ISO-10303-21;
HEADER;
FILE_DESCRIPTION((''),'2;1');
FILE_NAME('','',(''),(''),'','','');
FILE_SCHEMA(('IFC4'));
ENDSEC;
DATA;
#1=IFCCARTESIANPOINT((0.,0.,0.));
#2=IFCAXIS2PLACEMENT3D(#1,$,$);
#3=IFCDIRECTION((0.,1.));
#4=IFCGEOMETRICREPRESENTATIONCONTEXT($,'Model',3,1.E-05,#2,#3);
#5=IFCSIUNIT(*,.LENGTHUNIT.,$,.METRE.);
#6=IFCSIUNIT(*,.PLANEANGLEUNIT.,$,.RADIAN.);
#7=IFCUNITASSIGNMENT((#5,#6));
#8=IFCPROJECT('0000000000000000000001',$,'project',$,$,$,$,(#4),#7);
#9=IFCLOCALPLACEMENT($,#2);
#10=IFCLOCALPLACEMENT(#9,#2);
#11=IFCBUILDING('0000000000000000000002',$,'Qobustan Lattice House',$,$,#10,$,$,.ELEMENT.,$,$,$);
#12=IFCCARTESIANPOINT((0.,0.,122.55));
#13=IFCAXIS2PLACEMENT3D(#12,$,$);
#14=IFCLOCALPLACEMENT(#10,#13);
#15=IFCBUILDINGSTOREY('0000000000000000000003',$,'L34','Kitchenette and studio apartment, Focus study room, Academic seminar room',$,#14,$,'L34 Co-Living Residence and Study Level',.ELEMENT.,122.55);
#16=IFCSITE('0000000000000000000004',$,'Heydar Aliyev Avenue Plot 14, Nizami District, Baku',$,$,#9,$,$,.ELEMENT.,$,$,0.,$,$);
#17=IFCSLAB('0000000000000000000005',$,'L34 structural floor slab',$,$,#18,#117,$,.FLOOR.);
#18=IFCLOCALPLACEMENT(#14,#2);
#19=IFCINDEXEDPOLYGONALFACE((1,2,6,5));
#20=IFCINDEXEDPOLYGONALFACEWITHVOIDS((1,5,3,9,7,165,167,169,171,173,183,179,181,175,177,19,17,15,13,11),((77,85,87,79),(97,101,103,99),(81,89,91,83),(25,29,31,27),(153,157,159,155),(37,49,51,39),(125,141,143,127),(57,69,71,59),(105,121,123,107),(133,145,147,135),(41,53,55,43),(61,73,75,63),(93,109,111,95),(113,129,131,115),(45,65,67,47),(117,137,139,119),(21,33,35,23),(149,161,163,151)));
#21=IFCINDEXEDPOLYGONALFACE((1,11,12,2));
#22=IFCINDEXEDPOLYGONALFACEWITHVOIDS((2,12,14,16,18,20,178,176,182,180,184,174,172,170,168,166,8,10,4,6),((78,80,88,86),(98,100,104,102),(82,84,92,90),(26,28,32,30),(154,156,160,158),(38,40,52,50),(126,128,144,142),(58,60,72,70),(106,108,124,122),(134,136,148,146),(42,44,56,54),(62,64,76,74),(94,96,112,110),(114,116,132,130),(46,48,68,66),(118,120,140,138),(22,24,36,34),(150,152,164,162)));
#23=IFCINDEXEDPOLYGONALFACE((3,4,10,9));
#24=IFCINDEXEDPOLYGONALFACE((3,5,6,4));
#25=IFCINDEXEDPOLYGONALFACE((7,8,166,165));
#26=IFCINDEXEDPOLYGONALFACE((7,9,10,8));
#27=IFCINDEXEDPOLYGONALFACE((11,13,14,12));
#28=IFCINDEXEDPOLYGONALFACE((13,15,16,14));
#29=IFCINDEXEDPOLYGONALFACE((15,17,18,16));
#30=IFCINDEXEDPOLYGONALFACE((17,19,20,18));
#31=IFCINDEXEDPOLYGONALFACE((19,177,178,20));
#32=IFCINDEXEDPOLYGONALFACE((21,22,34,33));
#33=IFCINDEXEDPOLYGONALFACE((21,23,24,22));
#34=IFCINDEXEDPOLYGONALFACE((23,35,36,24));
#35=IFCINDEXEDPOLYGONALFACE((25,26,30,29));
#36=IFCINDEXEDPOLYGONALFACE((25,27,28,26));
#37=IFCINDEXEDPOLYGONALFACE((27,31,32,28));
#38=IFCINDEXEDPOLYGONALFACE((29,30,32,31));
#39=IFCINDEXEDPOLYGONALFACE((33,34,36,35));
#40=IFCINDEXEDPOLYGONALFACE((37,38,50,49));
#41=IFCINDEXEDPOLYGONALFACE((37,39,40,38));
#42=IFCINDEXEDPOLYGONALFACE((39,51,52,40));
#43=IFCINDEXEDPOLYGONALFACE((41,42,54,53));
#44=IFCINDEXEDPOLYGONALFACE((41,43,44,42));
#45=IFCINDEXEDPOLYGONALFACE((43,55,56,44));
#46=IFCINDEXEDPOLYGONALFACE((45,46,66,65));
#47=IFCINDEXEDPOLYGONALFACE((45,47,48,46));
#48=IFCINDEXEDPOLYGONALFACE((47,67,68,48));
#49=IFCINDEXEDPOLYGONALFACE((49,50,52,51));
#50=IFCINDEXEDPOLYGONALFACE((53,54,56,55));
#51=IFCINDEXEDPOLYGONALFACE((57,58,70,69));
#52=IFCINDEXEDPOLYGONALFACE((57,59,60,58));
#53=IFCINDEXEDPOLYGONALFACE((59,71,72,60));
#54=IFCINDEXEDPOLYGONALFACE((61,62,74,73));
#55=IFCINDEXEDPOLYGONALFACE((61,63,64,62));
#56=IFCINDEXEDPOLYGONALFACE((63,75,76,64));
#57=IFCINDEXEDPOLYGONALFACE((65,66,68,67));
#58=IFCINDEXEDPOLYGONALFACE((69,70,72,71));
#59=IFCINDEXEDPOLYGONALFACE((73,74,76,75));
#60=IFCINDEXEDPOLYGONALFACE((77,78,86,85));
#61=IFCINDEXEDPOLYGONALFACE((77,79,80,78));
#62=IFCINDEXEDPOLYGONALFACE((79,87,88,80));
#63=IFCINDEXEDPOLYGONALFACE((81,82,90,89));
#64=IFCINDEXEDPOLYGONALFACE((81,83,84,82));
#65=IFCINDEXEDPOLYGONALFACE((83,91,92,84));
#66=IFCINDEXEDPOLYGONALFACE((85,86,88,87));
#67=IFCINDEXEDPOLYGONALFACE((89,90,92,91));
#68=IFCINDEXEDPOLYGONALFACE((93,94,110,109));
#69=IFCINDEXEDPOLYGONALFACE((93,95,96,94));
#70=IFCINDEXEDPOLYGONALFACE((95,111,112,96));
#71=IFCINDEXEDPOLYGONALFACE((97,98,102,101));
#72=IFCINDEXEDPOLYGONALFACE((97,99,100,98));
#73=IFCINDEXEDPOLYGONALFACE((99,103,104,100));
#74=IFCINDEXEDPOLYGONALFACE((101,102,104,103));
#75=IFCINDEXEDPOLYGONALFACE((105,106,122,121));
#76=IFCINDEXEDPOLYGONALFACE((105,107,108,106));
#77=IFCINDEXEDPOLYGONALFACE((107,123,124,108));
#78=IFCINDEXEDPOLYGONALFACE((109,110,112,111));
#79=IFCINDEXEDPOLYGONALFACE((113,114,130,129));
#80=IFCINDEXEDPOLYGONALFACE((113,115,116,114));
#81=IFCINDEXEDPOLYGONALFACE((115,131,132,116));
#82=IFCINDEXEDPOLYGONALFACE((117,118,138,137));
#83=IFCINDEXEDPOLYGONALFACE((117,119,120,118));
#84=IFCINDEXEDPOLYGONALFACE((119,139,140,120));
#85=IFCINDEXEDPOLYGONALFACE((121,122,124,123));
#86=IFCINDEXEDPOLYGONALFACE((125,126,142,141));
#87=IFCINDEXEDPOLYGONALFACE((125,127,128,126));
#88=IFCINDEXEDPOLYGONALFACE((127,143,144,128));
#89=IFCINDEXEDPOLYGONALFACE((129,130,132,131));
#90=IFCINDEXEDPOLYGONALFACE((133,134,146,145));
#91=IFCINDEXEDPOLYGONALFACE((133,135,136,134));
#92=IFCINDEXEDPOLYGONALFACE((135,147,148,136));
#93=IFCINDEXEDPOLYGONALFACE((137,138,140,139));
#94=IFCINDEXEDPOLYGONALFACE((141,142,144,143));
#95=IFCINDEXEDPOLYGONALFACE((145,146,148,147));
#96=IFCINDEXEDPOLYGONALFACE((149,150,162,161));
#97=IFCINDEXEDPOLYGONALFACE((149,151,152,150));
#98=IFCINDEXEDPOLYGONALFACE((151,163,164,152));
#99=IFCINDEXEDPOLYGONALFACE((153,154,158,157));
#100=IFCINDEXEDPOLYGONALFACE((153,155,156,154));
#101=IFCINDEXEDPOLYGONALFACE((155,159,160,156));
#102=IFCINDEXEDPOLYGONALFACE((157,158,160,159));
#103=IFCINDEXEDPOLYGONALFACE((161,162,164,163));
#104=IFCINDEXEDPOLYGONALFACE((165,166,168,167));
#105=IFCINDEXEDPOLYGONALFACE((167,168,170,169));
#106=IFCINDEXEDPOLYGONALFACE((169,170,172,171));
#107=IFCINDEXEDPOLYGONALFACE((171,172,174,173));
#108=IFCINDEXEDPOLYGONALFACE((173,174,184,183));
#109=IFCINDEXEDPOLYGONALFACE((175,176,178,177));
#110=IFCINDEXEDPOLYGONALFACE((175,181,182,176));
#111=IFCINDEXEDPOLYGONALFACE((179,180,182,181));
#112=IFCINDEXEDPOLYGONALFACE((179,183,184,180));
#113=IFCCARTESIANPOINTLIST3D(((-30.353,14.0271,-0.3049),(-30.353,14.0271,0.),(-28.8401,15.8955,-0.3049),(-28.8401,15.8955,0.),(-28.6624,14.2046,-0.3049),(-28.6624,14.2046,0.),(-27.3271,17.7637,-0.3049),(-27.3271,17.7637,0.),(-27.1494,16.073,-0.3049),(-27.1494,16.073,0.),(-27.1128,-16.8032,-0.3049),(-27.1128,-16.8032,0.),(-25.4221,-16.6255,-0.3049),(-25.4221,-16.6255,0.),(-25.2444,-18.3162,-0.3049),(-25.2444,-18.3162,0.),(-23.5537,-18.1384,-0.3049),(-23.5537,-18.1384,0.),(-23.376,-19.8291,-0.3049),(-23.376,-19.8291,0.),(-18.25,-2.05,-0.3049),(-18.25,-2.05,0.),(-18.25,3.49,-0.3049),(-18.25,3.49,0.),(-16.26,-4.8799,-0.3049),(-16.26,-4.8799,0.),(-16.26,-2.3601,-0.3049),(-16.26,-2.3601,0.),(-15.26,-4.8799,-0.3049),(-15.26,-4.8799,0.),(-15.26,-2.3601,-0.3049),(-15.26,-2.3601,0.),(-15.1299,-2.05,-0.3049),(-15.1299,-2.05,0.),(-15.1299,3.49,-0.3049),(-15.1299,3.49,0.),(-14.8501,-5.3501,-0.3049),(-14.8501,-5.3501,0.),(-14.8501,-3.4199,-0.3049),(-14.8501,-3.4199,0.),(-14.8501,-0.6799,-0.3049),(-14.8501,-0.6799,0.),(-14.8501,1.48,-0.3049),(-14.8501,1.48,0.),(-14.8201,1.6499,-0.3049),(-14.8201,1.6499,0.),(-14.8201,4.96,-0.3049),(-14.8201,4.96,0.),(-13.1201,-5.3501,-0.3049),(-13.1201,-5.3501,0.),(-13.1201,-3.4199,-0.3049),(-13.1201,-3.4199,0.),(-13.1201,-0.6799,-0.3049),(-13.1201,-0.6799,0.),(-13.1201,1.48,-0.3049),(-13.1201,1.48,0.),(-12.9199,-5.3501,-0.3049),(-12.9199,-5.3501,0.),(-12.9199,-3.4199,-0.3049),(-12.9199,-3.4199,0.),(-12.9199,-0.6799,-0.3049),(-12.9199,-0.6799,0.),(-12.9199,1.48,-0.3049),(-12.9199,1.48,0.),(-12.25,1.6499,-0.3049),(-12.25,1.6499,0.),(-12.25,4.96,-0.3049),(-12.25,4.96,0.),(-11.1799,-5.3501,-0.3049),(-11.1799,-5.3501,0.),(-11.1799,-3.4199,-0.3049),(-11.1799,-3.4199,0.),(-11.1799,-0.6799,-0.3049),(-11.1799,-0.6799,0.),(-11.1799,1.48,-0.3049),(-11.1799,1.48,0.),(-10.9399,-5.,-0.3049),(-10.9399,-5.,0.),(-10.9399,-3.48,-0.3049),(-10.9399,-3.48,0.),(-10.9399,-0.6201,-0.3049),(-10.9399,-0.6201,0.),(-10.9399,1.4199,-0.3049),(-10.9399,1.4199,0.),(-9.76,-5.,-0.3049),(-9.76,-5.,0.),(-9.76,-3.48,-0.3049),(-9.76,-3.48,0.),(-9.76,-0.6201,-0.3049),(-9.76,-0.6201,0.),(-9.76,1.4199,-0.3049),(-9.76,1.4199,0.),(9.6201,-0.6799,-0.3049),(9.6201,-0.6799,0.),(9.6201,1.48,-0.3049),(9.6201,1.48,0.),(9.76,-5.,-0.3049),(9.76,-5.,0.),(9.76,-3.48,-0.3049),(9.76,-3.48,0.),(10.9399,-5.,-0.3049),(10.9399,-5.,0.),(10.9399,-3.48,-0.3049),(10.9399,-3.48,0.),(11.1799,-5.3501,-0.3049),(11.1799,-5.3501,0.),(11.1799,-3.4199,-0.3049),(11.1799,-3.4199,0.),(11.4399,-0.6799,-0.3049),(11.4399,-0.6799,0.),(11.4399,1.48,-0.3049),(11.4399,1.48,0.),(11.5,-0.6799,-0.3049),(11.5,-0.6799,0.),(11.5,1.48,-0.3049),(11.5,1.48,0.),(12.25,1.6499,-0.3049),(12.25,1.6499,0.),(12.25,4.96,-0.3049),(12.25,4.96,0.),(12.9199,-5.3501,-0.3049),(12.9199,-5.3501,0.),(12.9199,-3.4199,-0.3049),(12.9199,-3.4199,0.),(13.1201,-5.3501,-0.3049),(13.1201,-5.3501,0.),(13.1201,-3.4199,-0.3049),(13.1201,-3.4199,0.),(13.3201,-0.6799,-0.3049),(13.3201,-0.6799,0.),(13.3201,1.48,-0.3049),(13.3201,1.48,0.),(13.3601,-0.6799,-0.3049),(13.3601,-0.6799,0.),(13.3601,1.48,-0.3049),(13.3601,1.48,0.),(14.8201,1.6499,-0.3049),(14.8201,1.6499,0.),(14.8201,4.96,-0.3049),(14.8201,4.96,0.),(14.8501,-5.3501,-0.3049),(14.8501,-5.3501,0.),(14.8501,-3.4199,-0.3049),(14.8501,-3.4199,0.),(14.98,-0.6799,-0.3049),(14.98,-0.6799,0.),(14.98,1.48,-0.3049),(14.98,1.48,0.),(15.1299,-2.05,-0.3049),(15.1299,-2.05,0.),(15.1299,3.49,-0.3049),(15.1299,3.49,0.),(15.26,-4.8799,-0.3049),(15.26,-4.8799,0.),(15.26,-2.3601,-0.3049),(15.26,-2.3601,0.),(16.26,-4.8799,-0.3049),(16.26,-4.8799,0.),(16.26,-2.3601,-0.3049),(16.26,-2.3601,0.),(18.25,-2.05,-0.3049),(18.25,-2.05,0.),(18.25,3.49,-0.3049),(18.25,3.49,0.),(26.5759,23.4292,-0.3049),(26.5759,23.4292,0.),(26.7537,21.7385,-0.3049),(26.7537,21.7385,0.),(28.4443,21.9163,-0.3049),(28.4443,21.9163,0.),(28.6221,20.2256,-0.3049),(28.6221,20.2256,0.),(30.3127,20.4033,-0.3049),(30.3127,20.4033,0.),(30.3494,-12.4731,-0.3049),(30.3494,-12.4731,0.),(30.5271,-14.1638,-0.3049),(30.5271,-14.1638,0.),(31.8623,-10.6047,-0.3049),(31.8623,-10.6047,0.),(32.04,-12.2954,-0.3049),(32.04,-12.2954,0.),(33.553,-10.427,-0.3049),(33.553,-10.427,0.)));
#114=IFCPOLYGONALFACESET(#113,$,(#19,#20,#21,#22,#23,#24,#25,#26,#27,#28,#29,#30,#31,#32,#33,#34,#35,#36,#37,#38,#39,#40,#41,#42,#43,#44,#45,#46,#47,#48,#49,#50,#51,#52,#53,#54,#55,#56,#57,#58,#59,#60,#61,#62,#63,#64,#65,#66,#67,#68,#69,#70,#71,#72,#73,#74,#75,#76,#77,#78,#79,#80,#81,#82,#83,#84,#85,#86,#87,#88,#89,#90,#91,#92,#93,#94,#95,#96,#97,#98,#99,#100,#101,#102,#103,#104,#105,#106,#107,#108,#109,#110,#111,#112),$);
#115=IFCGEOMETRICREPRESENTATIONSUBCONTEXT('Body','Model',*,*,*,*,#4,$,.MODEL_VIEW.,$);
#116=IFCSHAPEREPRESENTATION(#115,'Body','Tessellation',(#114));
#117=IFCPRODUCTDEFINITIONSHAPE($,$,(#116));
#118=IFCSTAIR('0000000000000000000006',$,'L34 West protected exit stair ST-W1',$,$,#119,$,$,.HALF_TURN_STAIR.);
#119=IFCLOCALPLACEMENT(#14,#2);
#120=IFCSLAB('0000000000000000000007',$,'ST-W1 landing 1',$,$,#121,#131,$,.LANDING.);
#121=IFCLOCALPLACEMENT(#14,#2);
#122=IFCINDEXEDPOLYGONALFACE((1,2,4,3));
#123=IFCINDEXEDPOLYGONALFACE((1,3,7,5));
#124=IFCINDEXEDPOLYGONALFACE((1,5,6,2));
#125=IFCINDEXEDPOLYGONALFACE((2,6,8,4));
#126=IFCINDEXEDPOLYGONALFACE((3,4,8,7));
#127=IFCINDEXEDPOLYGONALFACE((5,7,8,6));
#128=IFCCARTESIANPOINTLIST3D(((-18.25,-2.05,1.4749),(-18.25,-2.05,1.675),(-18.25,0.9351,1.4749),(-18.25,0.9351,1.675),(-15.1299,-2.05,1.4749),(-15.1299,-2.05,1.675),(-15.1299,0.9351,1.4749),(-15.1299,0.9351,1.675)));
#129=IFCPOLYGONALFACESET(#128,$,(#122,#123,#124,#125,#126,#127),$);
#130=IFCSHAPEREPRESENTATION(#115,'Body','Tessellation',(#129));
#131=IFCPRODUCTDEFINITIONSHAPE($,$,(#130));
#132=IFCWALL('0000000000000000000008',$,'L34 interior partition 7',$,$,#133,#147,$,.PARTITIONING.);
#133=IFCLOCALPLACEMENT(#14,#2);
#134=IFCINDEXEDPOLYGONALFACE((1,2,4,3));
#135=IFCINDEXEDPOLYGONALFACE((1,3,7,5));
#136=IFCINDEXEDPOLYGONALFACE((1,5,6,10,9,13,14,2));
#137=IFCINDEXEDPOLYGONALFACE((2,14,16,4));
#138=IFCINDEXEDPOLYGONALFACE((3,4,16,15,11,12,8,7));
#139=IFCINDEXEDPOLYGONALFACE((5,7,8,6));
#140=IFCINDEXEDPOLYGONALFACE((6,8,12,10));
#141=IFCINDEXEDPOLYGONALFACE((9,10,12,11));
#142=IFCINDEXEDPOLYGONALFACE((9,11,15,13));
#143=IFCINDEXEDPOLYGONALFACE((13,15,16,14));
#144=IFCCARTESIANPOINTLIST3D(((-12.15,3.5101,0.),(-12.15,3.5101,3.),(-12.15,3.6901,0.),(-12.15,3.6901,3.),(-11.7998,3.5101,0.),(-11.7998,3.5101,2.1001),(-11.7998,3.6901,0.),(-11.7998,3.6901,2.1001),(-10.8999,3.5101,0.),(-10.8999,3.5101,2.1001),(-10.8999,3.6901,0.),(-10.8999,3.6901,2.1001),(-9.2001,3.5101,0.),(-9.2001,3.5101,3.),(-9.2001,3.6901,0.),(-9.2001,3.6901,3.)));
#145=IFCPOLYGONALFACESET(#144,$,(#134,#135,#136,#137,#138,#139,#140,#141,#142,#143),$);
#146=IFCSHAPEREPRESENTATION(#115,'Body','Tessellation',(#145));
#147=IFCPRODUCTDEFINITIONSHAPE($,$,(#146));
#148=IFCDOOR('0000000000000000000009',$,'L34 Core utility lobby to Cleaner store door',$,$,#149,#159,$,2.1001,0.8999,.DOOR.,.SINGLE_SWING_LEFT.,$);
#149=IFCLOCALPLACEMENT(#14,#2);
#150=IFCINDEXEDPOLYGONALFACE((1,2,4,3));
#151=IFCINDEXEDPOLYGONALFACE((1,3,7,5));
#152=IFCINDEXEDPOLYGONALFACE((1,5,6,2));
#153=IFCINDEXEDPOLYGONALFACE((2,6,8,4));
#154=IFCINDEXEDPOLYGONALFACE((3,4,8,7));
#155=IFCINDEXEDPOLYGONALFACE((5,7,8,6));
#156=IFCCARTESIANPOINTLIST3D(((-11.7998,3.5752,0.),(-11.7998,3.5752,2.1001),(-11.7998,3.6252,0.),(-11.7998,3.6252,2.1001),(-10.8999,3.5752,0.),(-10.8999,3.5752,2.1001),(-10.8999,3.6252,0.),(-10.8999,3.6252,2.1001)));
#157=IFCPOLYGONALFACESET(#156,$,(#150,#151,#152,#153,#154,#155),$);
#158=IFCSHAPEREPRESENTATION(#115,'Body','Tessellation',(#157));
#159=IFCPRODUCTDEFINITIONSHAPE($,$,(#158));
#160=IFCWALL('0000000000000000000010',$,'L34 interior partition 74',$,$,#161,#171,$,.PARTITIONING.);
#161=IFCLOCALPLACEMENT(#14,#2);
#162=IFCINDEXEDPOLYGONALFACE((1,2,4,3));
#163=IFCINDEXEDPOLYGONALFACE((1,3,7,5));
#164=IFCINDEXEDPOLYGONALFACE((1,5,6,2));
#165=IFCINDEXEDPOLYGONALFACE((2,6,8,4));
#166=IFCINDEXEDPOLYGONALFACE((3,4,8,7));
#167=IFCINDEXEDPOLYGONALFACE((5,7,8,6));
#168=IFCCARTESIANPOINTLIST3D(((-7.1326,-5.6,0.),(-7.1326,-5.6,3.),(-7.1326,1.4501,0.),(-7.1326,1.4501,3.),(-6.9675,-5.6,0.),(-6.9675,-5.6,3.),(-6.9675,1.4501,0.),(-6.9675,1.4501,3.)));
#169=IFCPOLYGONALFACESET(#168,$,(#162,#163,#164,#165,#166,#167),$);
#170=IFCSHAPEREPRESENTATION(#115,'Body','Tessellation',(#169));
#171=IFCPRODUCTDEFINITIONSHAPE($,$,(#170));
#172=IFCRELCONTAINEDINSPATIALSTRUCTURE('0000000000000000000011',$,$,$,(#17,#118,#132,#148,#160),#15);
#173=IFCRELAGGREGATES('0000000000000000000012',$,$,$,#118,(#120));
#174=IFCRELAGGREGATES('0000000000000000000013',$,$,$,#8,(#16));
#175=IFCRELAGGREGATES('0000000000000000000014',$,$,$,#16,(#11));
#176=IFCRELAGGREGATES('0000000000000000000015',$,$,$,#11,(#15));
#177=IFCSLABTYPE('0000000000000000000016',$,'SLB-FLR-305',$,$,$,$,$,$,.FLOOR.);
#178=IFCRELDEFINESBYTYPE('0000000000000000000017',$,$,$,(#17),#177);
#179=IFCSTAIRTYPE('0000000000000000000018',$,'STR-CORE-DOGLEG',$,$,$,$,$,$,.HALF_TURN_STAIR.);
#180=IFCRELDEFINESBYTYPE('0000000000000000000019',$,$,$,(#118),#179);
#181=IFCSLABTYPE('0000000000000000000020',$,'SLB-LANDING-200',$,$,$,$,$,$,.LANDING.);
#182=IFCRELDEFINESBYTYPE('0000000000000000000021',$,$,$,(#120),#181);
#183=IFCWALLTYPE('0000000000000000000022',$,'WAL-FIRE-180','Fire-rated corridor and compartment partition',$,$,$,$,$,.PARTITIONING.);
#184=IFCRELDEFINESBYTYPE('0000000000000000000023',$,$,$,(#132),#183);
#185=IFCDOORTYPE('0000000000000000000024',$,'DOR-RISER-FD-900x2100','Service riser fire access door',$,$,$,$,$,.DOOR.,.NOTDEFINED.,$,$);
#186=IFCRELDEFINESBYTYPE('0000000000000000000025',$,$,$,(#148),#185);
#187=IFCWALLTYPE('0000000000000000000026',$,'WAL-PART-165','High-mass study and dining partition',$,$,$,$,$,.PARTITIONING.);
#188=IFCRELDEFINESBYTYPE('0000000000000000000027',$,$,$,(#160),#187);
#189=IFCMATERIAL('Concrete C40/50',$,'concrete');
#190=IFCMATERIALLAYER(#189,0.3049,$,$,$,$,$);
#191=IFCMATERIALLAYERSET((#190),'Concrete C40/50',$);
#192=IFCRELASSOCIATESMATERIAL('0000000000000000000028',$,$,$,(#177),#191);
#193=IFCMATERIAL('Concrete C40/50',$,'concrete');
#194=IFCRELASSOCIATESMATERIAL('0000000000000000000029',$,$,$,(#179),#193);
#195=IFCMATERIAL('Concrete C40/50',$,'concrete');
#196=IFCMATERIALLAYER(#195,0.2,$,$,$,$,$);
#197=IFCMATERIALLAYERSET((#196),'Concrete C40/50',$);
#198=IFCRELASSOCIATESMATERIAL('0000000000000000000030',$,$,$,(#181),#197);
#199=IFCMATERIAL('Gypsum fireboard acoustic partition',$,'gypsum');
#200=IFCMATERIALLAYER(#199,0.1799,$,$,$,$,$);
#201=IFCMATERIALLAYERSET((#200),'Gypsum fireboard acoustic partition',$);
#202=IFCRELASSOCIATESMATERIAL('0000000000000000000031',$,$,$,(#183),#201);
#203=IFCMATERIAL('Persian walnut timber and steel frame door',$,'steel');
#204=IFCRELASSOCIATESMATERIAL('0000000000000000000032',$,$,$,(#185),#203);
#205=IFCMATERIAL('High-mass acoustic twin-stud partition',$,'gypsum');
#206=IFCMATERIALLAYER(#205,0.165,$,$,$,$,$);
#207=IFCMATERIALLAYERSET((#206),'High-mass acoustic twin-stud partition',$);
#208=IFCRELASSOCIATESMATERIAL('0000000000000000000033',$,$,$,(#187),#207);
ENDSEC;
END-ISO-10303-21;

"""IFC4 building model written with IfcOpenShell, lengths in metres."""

from ifc_helpers import new_model, si_unit, direction, frame, frame_2d, origin, place, context, subcontext, project, spatial, polyline, rectangle, outline, extrude, material, layer, layer_set, type_object, element, fill, aggregate, save


model = new_model("IFC4")

# Units and contexts
model_context = context("Model", 3, precision=1e-05, world=origin(), true_north=direction((0.0, 1.0)))
body_context = subcontext(model_context, "Body", "Model", "MODEL_VIEW")
ifc_project = project(units=[si_unit("LENGTHUNIT", "METRE"), si_unit("PLANEANGLEUNIT", "RADIAN")], contexts=[model_context])

# Site, building, storey
site_placement = place(None, origin())
site = spatial("IfcSite", under=ifc_project, at=site_placement, Name="Heydar Aliyev Avenue Plot 14, Nizami District, Baku", CompositionType="ELEMENT", RefElevation=0.0)
building_placement = place(site_placement, origin())
building = spatial("IfcBuilding", under=site, at=building_placement, Name="Qobustan Lattice House", CompositionType="ELEMENT")
storey_placement = place(building_placement, frame((0.0, 0.0, 122.55)))
storey = spatial("IfcBuildingStorey", under=building, at=storey_placement, Name="L34", Description="Kitchenette and studio apartment, Focus study room, Academic seminar room", LongName="L34 Co-Living Residence and Study Level", CompositionType="ELEMENT", Elevation=122.55)

# Slab
ifc_material_1 = material(Name="Concrete C40/50", Category="concrete")
ifc_layer_1 = layer(ifc_material_1, 0.3049)
ifc_layer_set_1 = layer_set([ifc_layer_1], Name="Concrete C40/50")
slab_type_1 = type_object("IfcSlabType", Name="SLB-FLR-305", PredefinedType="FLOOR", material=ifc_layer_set_1)
slab_1_placement = place(storey_placement, frame((0.0, 0.0, -0.3049)))
element("IfcSlab", 1, at=slab_1_placement, inside=storey, type_object=slab_type_1, Name="L34 structural floor slab", PredefinedType="FLOOR", context=body_context, shape_type="SweptSolid", body=[
    extrude(outline(polyline([(-23.376, -19.8291), (30.5271, -14.1638), (30.3494, -12.4731), (32.04, -12.2954), (31.8623, -10.6047), (33.553, -10.427), (30.3127, 20.4033), (28.6221, 20.2256), (28.4443, 21.9163), (26.7537, 21.7385), (26.5759, 23.4292), (-27.3271, 17.7637), (-27.1494, 16.073), (-28.8401, 15.8955), (-28.6624, 14.2046), (-30.353, 14.0271), (-27.1128, -16.8032), (-25.4221, -16.6255), (-25.2444, -18.3162), (-23.5537, -18.1384), (-23.376, -19.8291)]), holes=[polyline([(-18.25, -2.05), (-18.25, 3.49), (-15.1299, 3.49), (-15.1299, -2.05), (-18.25, -2.05)]), polyline([(15.1299, -2.05), (15.1299, 3.49), (18.25, 3.49), (18.25, -2.05), (15.1299, -2.05)]), polyline([(-14.8201, 1.6499), (-14.8201, 4.96), (-12.25, 4.96), (-12.25, 1.6499), (-14.8201, 1.6499)]), polyline([(12.25, 1.6499), (12.25, 4.96), (14.8201, 4.96), (14.8201, 1.6499), (12.25, 1.6499)]), polyline([(-16.26, -4.8799), (-16.26, -2.3601), (-15.26, -2.3601), (-15.26, -4.8799), (-16.26, -4.8799)]), polyline([(15.26, -4.8799), (15.26, -2.3601), (16.26, -2.3601), (16.26, -4.8799), (15.26, -4.8799)]), polyline([(-14.8501, -5.3501), (-14.8501, -3.4199), (-13.1201, -3.4199), (-13.1201, -5.3501), (-14.8501, -5.3501)]), polyline([(-12.9199, -5.3501), (-12.9199, -3.4199), (-11.1799, -3.4199), (-11.1799, -5.3501), (-12.9199, -5.3501)]), polyline([(-14.8501, -0.6799), (-14.8501, 1.48), (-13.1201, 1.48), (-13.1201, -0.6799), (-14.8501, -0.6799)]), polyline([(-12.9199, -0.6799), (-12.9199, 1.48), (-11.1799, 1.48), (-11.1799, -0.6799), (-12.9199, -0.6799)]), polyline([(-10.9399, -5.0), (-10.9399, -3.48), (-9.76, -3.48), (-9.76, -5.0), (-10.9399, -5.0)]), polyline([(-10.9399, -0.6201), (-10.9399, 1.4199), (-9.76, 1.4199), (-9.76, -0.6201), (-10.9399, -0.6201)]), polyline([(11.1799, -5.3501), (11.1799, -3.4199), (12.9199, -3.4199), (12.9199, -5.3501), (11.1799, -5.3501)]), polyline([(13.1201, -5.3501), (13.1201, -3.4199), (14.8501, -3.4199), (14.8501, -5.3501), (13.1201, -5.3501)]), polyline([(9.76, -5.0), (9.76, -3.48), (10.9399, -3.48), (10.9399, -5.0), (9.76, -5.0)]), polyline([(13.3601, -0.6799), (13.3601, 1.48), (14.98, 1.48), (14.98, -0.6799), (13.3601, -0.6799)]), polyline([(9.6201, -0.6799), (9.6201, 1.48), (11.4399, 1.48), (11.4399, -0.6799), (9.6201, -0.6799)]), polyline([(11.5, -0.6799), (11.5, 1.48), (13.3201, 1.48), (13.3201, -0.6799), (11.5, -0.6799)])]), origin(), (0.0, 0.0, 1.0), 0.3049),
])

# Stair, slab
ifc_material_2 = material(Name="Concrete C40/50", Category="concrete")
stair_type = type_object("IfcStairType", Name="STR-CORE-DOGLEG", PredefinedType="HALF_TURN_STAIR", material=ifc_material_2)
stair_placement = place(storey_placement, origin())
stair = element("IfcStair", 2, at=stair_placement, inside=storey, type_object=stair_type, Name="L34 West protected exit stair ST-W1", PredefinedType="HALF_TURN_STAIR")
ifc_material_3 = material(Name="Concrete C40/50", Category="concrete")
ifc_layer_2 = layer(ifc_material_3, 0.2)
ifc_layer_set_2 = layer_set([ifc_layer_2], Name="Concrete C40/50")
slab_type_2 = type_object("IfcSlabType", Name="SLB-LANDING-200", PredefinedType="LANDING", material=ifc_layer_set_2)
slab_2_placement = place(storey_placement, frame((0.0, 0.0, 1.4749)))
slab_2 = element("IfcSlab", 3, at=slab_2_placement, type_object=slab_type_2, Name="ST-W1 landing 1", PredefinedType="LANDING", context=body_context, shape_type="SweptSolid", body=[
    extrude(outline(polyline([(-18.25, 0.9351), (-18.25, -2.05), (-15.1299, -2.05), (-15.1299, 0.9351), (-18.25, 0.9351)])), origin(), (0.0, 0.0, 1.0), 0.2002),
])

# Wall, opening, door
ifc_material_4 = material(Name="Gypsum fireboard acoustic partition", Category="gypsum")
ifc_layer_3 = layer(ifc_material_4, 0.1799)
ifc_layer_set_3 = layer_set([ifc_layer_3], Name="Gypsum fireboard acoustic partition")
wall_type_1 = type_object("IfcWallType", Name="WAL-FIRE-180", Description="Fire-rated corridor and compartment partition", PredefinedType="PARTITIONING", material=ifc_layer_set_3)
wall_1_placement = place(storey_placement, frame((-9.2, 3.6001, 0.0), z_axis=(0.0, 0.0, 1.0), x_axis=(-1.0, 0.0, 0.0)))
wall_1 = element("IfcWall", 4, at=wall_1_placement, inside=storey, type_object=wall_type_1, Name="L34 interior partition 7", PredefinedType="PARTITIONING", context=body_context, shape_type="SweptSolid", body=[
    extrude(rectangle(XDim=2.95, YDim=0.1799, at=frame_2d((1.4751, 0.0))), origin(), (0.0, 0.0, 1.0), 3.0),
])
opening_placement = place(wall_1_placement, frame((1.7, 0.0, 0.0)))
opening = element("IfcOpeningElement", 5, at=opening_placement, cuts=wall_1, PredefinedType="OPENING", context=body_context, shape_type="SweptSolid", body=[
    extrude(rectangle(XDim=0.8999, YDim=2.1001, at=frame_2d((0.45, 1.05))), frame((0.0, 0.0999, 0.0), z_axis=(0.0, -1.0, 0.0), x_axis=(1.0, 0.0, 0.0)), (0.0, 0.0, 1.0), 0.2),
])
ifc_material_5 = material(Name="Persian walnut timber and steel frame door", Category="steel")
door_type = type_object("IfcDoorType", Name="DOR-RISER-FD-900x2100", Description="Service riser fire access door", OperationType="NOTDEFINED", PredefinedType="DOOR", material=ifc_material_5)
door_placement = place(opening_placement, origin())
door = element("IfcDoor", 6, at=door_placement, inside=storey, type_object=door_type, Name="L34 Core utility lobby to Cleaner store door", OperationType="SINGLE_SWING_LEFT", OverallHeight=2.1001, OverallWidth=0.8999, PredefinedType="DOOR", context=body_context, shape_type="SweptSolid", body=[
    extrude(rectangle(XDim=0.8999, YDim=2.1001, at=frame_2d((0.45, 1.05))), frame((0.0, 0.0249, 0.0), z_axis=(0.0, -1.0, 0.0), x_axis=(1.0, 0.0, 0.0)), (0.0, 0.0, 1.0), 0.05),
])
fill(opening, door)

# Wall
ifc_material_6 = material(Name="High-mass acoustic twin-stud partition", Category="gypsum")
ifc_layer_4 = layer(ifc_material_6, 0.165)
ifc_layer_set_4 = layer_set([ifc_layer_4], Name="High-mass acoustic twin-stud partition")
wall_type_2 = type_object("IfcWallType", Name="WAL-PART-165", Description="High-mass study and dining partition", PredefinedType="PARTITIONING", material=ifc_layer_set_4)
wall_2_placement = place(storey_placement, frame((-7.05, 1.45, 0.0), z_axis=(0.0, 0.0, 1.0), x_axis=(0.0, -1.0, 0.0)))
element("IfcWall", 7, at=wall_2_placement, inside=storey, type_object=wall_type_2, Name="L34 interior partition 74", PredefinedType="PARTITIONING", context=body_context, shape_type="SweptSolid", body=[
    extrude(rectangle(XDim=7.05, YDim=0.165, at=frame_2d((3.5249, 0.0))), origin(), (0.0, 0.0, 1.0), 3.0),
])

aggregate(stair, [slab_2])

save(model, "model.ifc")
